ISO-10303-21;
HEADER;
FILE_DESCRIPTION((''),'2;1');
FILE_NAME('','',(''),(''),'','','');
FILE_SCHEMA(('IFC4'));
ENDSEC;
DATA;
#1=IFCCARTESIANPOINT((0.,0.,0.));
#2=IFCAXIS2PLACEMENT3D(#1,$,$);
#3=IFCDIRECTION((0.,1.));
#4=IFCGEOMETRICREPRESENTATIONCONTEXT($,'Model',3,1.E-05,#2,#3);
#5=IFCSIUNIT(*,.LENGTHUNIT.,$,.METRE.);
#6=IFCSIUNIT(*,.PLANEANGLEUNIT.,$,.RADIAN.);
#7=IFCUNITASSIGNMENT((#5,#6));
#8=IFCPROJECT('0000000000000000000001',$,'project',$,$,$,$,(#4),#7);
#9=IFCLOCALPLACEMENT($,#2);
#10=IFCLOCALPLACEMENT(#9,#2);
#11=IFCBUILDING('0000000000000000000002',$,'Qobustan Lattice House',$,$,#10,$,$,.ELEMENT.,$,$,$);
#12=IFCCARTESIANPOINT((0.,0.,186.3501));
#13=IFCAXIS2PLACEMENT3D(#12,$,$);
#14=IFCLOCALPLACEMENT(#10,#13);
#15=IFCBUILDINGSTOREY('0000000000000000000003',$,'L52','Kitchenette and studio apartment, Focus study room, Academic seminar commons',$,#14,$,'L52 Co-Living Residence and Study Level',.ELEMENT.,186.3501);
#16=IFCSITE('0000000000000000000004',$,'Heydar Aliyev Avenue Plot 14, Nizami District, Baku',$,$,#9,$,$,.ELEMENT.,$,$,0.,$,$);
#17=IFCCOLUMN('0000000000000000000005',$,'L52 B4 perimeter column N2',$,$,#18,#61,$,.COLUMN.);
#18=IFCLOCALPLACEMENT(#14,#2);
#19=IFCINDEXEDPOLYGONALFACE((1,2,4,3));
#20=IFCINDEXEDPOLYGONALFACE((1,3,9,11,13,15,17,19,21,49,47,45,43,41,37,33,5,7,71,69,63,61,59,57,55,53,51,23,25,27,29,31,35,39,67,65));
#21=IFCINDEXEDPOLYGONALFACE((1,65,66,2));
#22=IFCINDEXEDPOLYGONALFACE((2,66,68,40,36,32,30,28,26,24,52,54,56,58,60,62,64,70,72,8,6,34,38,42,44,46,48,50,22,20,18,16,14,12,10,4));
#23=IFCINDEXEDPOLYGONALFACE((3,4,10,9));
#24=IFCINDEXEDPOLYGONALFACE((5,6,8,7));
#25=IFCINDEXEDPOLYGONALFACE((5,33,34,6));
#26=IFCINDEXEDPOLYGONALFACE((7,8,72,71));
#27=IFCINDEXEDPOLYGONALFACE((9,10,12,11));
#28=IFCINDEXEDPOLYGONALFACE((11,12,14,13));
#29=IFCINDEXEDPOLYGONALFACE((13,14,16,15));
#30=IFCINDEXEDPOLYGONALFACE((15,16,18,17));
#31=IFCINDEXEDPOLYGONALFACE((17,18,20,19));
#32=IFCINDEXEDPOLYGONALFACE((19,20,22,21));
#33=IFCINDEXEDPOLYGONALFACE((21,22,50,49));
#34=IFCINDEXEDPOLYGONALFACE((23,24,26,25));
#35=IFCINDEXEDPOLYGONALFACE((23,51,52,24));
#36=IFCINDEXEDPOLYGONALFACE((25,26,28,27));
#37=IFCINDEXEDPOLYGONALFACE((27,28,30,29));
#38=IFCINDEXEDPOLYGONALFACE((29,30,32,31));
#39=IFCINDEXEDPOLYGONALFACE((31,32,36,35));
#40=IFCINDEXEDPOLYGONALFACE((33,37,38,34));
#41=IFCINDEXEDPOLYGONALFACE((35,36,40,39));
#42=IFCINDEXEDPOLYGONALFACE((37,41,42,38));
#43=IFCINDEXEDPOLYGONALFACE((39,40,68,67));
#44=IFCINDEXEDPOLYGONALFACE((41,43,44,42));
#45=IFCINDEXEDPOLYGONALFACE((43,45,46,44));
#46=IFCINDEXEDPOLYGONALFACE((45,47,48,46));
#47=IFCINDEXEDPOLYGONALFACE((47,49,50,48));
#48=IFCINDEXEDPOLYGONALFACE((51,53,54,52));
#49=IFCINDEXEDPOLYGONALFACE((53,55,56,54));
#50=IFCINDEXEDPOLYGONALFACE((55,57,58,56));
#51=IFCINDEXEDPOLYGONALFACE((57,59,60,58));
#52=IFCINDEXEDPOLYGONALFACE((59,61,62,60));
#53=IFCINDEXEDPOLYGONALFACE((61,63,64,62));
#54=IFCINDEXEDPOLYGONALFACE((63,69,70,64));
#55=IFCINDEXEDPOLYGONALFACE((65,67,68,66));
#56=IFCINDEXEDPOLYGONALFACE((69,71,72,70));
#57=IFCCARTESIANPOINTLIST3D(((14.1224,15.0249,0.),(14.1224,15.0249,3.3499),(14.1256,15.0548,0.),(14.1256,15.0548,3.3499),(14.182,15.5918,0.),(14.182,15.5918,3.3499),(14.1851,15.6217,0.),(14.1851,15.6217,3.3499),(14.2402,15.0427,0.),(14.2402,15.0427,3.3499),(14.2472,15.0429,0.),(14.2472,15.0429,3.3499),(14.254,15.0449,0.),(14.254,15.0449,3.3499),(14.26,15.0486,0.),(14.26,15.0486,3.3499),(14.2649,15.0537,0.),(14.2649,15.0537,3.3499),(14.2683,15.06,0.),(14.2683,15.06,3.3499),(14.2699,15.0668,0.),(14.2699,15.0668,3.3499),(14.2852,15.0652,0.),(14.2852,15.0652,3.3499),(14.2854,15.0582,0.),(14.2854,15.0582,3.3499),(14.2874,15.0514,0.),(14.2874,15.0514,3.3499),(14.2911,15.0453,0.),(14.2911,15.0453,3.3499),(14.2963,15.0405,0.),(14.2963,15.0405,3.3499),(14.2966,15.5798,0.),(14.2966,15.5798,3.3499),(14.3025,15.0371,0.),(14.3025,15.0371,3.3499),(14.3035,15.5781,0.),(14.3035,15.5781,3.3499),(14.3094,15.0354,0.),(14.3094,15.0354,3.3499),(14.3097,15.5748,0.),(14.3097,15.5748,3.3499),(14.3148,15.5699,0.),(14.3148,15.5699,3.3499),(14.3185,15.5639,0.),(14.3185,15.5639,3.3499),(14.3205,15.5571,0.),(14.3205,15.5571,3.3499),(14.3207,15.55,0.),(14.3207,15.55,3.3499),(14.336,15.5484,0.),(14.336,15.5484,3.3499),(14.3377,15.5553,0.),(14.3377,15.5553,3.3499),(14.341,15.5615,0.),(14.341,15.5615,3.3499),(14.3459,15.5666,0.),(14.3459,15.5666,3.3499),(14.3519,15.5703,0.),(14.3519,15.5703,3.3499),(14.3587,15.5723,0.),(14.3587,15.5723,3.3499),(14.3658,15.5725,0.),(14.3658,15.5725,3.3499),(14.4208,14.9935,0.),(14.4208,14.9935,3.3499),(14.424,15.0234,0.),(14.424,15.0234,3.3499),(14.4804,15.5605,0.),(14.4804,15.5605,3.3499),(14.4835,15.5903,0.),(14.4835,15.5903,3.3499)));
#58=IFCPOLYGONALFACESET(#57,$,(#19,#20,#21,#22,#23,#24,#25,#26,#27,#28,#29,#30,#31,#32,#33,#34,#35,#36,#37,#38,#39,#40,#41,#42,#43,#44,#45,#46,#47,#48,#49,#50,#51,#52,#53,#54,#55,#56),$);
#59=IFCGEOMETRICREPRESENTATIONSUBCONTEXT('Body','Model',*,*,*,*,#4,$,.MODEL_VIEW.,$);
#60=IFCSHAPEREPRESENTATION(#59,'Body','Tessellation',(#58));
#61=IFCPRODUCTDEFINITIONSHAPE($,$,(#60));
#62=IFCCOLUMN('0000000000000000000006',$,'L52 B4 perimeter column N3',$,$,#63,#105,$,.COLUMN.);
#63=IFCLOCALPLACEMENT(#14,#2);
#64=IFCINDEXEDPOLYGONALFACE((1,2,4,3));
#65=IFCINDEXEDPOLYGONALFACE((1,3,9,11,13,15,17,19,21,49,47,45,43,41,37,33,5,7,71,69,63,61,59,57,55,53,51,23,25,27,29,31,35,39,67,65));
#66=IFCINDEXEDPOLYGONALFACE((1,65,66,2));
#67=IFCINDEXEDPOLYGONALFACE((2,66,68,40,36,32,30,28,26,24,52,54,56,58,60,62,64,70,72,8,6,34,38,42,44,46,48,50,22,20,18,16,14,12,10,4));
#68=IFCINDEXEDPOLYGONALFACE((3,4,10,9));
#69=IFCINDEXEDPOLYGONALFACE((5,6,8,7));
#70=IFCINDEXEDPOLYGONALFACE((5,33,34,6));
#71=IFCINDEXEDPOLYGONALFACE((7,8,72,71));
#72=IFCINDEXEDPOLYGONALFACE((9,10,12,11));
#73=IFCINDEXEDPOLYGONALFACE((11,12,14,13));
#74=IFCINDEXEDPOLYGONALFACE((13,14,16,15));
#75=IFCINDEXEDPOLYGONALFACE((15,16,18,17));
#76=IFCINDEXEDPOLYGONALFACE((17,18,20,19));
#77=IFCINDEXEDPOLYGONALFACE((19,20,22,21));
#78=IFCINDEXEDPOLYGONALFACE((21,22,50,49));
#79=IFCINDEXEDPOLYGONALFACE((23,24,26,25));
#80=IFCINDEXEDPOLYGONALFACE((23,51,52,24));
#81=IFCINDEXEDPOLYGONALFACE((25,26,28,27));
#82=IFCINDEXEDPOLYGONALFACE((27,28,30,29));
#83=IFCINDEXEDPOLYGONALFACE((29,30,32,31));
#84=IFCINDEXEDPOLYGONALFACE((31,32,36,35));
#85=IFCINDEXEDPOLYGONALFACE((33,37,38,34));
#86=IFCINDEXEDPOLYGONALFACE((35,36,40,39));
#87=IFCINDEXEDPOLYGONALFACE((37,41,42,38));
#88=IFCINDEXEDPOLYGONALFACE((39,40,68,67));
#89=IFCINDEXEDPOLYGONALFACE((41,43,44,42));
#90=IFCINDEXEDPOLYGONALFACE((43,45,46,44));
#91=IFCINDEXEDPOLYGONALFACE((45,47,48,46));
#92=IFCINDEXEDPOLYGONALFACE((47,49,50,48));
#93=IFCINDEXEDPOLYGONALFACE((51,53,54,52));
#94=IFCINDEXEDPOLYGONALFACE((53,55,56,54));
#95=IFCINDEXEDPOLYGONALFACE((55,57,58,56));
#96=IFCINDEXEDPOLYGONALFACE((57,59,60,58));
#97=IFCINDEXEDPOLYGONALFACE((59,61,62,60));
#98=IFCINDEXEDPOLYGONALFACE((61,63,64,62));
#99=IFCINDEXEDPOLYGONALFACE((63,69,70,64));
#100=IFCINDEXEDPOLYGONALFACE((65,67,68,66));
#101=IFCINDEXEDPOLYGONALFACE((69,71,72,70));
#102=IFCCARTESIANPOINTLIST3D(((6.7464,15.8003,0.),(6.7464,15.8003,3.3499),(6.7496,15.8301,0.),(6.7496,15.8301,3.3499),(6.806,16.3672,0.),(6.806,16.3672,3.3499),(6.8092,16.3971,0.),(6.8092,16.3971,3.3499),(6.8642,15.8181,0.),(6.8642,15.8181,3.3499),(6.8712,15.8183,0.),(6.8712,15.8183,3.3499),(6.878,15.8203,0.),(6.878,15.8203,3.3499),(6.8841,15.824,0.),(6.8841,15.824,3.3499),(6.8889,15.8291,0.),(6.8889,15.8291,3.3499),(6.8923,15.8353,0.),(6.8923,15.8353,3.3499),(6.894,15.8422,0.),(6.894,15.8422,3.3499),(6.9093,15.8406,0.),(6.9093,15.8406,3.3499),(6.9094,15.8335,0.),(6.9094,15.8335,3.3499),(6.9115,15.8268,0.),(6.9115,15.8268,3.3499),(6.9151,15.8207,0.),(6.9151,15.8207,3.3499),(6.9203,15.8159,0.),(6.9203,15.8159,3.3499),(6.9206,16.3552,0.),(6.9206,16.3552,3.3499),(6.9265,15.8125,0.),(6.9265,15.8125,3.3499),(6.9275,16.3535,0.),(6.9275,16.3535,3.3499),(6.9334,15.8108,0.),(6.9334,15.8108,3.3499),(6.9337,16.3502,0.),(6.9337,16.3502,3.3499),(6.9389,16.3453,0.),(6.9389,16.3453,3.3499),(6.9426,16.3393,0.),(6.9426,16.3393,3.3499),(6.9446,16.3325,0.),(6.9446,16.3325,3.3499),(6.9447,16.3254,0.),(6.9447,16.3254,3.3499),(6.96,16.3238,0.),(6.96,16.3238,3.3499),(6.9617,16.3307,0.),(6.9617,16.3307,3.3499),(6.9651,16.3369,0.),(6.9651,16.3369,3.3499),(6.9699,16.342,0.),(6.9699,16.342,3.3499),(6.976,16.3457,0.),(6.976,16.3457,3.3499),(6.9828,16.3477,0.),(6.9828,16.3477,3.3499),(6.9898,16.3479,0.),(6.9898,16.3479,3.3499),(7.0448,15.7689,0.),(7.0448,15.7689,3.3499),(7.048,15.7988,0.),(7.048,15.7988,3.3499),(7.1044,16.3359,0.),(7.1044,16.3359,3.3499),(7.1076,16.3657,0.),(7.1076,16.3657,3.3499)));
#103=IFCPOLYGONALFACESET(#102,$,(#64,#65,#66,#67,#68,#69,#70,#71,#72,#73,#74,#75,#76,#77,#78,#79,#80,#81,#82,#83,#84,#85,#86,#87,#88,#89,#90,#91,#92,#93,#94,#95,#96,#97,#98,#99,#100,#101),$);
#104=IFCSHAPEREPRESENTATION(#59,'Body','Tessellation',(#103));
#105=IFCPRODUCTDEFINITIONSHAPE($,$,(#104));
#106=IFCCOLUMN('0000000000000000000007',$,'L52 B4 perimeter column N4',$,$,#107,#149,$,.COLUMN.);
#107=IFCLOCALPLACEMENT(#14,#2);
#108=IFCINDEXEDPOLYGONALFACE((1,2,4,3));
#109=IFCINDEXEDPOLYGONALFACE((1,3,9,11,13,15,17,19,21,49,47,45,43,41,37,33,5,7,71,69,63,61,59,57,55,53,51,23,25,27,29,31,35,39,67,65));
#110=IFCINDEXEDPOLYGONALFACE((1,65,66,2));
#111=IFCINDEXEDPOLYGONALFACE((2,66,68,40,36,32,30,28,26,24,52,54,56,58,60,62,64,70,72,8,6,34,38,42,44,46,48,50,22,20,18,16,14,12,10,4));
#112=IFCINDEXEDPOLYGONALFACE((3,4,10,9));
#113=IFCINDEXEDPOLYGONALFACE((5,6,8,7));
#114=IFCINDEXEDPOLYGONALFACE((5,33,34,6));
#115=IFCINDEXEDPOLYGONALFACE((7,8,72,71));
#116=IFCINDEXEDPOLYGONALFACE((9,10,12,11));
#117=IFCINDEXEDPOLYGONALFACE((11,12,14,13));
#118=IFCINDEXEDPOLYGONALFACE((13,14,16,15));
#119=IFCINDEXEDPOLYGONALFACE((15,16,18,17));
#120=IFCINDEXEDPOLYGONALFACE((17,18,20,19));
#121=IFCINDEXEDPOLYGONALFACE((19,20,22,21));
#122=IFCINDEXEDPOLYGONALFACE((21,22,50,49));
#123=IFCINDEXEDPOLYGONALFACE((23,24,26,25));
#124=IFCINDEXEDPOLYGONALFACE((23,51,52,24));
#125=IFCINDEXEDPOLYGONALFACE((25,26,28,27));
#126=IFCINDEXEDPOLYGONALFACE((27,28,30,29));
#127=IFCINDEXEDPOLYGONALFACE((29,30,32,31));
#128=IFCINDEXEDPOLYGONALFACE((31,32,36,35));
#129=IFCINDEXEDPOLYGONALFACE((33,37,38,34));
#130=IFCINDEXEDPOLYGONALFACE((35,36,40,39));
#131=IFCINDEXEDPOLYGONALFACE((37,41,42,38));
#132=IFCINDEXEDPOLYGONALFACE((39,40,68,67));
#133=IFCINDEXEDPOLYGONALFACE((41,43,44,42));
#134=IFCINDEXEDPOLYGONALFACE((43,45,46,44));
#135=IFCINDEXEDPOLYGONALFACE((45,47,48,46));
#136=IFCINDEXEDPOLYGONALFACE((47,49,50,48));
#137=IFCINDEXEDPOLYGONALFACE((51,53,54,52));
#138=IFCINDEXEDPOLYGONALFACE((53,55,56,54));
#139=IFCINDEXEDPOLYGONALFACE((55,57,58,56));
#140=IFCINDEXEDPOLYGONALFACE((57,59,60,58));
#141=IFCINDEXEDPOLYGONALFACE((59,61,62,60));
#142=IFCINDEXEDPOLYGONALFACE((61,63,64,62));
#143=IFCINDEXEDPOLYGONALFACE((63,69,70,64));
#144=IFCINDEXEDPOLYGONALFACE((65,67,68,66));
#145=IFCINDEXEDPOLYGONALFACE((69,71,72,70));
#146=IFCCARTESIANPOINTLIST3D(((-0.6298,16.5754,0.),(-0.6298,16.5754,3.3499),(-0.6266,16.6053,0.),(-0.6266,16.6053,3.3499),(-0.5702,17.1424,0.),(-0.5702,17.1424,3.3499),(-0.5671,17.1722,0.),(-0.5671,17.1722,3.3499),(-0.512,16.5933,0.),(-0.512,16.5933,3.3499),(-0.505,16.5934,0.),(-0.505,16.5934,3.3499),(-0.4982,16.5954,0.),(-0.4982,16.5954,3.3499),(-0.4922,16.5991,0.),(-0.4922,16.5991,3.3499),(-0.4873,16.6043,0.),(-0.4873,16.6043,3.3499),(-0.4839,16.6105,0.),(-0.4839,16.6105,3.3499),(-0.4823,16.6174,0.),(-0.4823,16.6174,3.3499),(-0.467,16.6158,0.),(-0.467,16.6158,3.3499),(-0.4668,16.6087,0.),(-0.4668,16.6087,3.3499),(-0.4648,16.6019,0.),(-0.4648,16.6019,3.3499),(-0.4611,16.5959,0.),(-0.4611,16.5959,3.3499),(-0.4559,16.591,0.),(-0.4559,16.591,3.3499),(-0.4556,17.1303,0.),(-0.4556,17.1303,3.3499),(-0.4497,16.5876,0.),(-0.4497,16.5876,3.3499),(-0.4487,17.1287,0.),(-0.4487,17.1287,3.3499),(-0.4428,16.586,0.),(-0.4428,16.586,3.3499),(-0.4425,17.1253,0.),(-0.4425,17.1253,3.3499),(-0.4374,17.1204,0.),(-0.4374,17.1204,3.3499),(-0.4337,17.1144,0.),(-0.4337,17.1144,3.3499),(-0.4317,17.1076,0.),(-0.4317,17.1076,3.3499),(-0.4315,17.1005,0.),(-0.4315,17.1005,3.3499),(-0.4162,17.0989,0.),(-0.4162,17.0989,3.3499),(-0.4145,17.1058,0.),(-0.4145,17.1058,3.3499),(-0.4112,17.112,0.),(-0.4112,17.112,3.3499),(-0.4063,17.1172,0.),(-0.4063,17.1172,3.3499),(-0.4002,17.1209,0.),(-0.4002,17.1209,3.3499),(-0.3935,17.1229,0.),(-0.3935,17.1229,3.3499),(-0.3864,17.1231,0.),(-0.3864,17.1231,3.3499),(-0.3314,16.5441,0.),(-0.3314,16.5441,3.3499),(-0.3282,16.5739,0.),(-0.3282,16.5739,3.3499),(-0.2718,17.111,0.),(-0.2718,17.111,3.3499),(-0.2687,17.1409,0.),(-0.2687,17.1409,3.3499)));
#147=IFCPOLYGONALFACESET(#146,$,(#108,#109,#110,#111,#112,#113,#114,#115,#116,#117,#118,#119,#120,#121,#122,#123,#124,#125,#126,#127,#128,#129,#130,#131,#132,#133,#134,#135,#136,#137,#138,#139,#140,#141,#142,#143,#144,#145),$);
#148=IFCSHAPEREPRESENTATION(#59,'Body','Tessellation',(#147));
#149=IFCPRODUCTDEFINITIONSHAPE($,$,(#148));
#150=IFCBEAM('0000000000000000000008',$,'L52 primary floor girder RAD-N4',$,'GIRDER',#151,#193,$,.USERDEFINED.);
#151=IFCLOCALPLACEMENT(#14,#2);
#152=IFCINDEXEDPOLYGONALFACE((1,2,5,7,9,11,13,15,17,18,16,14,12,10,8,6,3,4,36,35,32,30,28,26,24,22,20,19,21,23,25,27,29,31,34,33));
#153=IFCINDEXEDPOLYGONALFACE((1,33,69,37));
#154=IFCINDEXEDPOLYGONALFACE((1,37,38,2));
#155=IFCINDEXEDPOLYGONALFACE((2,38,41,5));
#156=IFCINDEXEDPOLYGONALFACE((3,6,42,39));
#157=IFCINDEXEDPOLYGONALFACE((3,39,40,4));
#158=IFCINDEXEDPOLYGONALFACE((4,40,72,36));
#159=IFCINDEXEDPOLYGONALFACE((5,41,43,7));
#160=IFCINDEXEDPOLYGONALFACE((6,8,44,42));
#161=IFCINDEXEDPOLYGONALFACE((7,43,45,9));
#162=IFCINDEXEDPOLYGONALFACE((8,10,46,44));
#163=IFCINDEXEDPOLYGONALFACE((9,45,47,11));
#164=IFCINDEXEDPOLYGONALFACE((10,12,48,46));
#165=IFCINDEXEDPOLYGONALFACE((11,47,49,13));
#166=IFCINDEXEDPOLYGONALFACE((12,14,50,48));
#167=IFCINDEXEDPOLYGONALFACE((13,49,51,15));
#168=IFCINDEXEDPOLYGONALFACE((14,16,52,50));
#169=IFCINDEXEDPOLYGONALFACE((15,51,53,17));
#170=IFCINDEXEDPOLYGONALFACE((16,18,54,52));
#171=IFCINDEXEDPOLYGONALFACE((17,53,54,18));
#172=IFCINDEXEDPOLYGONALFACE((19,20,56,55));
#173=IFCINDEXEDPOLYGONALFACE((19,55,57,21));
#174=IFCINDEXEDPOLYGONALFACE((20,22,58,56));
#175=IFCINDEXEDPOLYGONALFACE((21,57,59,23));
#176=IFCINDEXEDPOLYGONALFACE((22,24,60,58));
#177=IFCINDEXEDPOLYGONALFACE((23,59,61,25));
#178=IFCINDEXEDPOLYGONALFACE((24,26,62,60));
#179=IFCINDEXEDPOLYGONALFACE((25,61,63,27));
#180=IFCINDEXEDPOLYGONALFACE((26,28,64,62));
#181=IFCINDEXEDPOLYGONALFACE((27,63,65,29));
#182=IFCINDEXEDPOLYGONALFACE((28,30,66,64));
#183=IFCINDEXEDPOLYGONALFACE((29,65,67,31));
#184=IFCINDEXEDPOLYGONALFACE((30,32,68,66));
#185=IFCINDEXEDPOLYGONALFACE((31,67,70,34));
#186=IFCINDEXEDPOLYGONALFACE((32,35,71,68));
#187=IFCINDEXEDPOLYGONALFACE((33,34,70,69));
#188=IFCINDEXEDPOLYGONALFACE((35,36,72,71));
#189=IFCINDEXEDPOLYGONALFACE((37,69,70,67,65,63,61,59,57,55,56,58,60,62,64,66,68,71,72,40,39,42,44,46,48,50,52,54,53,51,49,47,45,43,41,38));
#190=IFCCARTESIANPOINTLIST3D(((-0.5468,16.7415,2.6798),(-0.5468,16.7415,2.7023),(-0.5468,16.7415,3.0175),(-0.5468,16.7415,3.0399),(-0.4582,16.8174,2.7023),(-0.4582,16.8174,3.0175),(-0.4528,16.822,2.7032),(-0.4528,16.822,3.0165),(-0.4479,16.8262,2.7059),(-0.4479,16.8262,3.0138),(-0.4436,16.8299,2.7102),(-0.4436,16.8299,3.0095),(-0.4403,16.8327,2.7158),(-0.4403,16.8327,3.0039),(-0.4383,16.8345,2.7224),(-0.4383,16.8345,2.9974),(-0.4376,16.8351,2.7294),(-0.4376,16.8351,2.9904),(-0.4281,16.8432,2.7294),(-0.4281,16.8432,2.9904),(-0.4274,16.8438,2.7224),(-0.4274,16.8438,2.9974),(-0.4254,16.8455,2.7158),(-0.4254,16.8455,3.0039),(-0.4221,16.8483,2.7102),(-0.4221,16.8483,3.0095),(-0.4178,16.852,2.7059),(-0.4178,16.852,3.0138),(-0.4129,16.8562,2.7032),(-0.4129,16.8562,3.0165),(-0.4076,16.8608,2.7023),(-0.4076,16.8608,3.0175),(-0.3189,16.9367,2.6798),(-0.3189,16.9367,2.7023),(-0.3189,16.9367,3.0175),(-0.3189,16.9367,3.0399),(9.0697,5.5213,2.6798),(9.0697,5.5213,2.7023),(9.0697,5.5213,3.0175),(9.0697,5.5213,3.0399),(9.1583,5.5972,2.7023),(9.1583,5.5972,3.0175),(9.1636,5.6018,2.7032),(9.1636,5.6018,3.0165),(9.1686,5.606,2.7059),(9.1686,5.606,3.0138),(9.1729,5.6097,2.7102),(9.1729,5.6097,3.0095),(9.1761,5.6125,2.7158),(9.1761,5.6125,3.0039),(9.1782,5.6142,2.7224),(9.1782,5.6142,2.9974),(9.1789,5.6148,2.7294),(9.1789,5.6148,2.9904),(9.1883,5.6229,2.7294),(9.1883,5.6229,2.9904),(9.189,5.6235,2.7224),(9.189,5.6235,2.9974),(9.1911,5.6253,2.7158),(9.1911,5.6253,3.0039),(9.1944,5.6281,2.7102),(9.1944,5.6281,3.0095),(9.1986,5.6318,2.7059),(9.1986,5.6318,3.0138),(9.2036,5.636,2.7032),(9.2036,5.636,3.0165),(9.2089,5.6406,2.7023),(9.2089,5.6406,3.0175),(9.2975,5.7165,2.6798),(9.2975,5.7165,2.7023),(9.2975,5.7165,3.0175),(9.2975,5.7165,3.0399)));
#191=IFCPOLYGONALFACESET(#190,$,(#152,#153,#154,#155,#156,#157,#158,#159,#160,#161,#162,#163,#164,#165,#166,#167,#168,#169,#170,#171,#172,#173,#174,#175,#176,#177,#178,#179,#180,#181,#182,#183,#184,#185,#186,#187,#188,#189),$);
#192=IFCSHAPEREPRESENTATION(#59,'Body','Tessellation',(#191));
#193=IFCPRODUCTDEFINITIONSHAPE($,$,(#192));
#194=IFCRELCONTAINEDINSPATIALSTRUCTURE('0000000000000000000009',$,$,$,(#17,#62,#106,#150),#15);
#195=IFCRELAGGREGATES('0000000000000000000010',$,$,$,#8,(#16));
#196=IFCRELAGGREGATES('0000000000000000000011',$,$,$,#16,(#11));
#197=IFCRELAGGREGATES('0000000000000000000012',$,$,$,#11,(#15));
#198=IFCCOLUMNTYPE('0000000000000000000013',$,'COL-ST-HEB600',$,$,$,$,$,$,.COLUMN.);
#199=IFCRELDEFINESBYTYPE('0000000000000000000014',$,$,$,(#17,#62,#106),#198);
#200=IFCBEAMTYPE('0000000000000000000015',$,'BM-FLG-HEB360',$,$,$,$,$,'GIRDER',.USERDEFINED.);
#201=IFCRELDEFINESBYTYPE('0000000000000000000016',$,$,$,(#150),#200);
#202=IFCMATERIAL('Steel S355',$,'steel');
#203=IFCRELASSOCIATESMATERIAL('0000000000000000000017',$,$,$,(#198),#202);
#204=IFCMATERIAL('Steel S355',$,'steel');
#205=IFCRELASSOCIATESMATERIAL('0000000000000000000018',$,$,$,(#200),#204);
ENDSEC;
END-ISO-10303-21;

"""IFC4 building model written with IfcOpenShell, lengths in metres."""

from ifc_helpers import new_model, si_unit, direction, frame, origin, origin_2d, place, context, subcontext, project, spatial, i_section, extrude, material, material_profile, profile_set, type_object, element, save


model = new_model("IFC4")

# Units and contexts
model_context = context("Model", 3, precision=1e-05, world=origin(), true_north=direction((0.0, 1.0)))
body_context = subcontext(model_context, "Body", "Model", "MODEL_VIEW")
ifc_project = project(units=[si_unit("LENGTHUNIT", "METRE"), si_unit("PLANEANGLEUNIT", "RADIAN")], contexts=[model_context])

# Site, building, storey
site_placement = place(None, origin())
site = spatial("IfcSite", under=ifc_project, at=site_placement, Name="Heydar Aliyev Avenue Plot 14, Nizami District, Baku", CompositionType="ELEMENT", RefElevation=0.0)
building_placement = place(site_placement, origin())
building = spatial("IfcBuilding", under=site, at=building_placement, Name="Qobustan Lattice House", CompositionType="ELEMENT")
storey_placement = place(building_placement, frame((0.0, 0.0, 186.3501)))
storey = spatial("IfcBuildingStorey", under=building, at=storey_placement, Name="L52", Description="Kitchenette and studio apartment, Focus study room, Academic seminar commons", LongName="L52 Co-Living Residence and Study Level", CompositionType="ELEMENT", Elevation=186.3501)

# Columns
ifc_material_1 = material(Name="Steel S355", Category="steel")
ifc_material_profile_1 = material_profile(ifc_material_1, i_section(OverallWidth=0.3, OverallDepth=0.6001, WebThickness=0.0154, FlangeThickness=0.03, FilletRadius=0.0271, at=origin_2d()), Name="HEB600")
ifc_profile_set_1 = profile_set([ifc_material_profile_1], Name="Steel S355")
column_type = type_object("IfcColumnType", Name="COL-ST-HEB600", PredefinedType="COLUMN", material=ifc_profile_set_1)
for number, where, z_axis, x_axis, name in (
    (1, (14.303, 15.3076, 0.0), (0.0, 0.0, 1.0), (0.994522, -0.104528, 0.0), "L52 B4 perimeter column N2"),
    (2, (6.927, 16.083, 0.0), (0.0, 0.0, 1.0), (0.994522, -0.104528, 0.0), "L52 B4 perimeter column N3"),
    (3, (-0.4492, 16.8582, 0.0), (0.0, 0.0, 1.0), (0.994522, -0.104528, 0.0), "L52 B4 perimeter column N4"),
):
    element("IfcColumn", number, at=place(storey_placement, frame(where, z_axis=z_axis, x_axis=x_axis)), inside=storey, type_object=column_type, Name=name, PredefinedType="COLUMN", context=body_context, shape_type="SweptSolid", body=[
        extrude(i_section(OverallWidth=0.3, OverallDepth=0.6001, WebThickness=0.0154, FlangeThickness=0.03, FilletRadius=0.0271, at=origin_2d()), origin(), (0.0, 0.0, 1.0), 3.3499),
    ])

# Beam
ifc_material_2 = material(Name="Steel S355", Category="steel")
ifc_material_profile_2 = material_profile(ifc_material_2, i_section(OverallWidth=0.3, OverallDepth=0.3601, WebThickness=0.0125, FlangeThickness=0.0225, FilletRadius=0.0271, at=origin_2d()), Name="HEB360")
ifc_profile_set_2 = profile_set([ifc_material_profile_2], Name="Steel S355")
beam_type_1 = type_object("IfcBeamType", Name="BM-FLG-HEB360", ElementType="GIRDER", PredefinedType="USERDEFINED", material=ifc_profile_set_2)
beam_1_placement = place(storey_placement, frame((-0.4329, 16.8391, 2.8599), z_axis=(0.650757, -0.759286, 0.0), x_axis=(0.759286, 0.650757, 0.0)))
element("IfcBeam", 4, at=beam_1_placement, inside=storey, type_object=beam_type_1, Name="L52 primary floor girder RAD-N4", ObjectType="GIRDER", PredefinedType="USERDEFINED", context=body_context, shape_type="SweptSolid", body=[
    extrude(i_section(OverallWidth=0.3, OverallDepth=0.3601, WebThickness=0.0125, FlangeThickness=0.0225, FilletRadius=0.0271, at=origin_2d()), origin(), (0.0, 0.0, 1.0), 14.7773),
])

save(model, "model.ifc")
